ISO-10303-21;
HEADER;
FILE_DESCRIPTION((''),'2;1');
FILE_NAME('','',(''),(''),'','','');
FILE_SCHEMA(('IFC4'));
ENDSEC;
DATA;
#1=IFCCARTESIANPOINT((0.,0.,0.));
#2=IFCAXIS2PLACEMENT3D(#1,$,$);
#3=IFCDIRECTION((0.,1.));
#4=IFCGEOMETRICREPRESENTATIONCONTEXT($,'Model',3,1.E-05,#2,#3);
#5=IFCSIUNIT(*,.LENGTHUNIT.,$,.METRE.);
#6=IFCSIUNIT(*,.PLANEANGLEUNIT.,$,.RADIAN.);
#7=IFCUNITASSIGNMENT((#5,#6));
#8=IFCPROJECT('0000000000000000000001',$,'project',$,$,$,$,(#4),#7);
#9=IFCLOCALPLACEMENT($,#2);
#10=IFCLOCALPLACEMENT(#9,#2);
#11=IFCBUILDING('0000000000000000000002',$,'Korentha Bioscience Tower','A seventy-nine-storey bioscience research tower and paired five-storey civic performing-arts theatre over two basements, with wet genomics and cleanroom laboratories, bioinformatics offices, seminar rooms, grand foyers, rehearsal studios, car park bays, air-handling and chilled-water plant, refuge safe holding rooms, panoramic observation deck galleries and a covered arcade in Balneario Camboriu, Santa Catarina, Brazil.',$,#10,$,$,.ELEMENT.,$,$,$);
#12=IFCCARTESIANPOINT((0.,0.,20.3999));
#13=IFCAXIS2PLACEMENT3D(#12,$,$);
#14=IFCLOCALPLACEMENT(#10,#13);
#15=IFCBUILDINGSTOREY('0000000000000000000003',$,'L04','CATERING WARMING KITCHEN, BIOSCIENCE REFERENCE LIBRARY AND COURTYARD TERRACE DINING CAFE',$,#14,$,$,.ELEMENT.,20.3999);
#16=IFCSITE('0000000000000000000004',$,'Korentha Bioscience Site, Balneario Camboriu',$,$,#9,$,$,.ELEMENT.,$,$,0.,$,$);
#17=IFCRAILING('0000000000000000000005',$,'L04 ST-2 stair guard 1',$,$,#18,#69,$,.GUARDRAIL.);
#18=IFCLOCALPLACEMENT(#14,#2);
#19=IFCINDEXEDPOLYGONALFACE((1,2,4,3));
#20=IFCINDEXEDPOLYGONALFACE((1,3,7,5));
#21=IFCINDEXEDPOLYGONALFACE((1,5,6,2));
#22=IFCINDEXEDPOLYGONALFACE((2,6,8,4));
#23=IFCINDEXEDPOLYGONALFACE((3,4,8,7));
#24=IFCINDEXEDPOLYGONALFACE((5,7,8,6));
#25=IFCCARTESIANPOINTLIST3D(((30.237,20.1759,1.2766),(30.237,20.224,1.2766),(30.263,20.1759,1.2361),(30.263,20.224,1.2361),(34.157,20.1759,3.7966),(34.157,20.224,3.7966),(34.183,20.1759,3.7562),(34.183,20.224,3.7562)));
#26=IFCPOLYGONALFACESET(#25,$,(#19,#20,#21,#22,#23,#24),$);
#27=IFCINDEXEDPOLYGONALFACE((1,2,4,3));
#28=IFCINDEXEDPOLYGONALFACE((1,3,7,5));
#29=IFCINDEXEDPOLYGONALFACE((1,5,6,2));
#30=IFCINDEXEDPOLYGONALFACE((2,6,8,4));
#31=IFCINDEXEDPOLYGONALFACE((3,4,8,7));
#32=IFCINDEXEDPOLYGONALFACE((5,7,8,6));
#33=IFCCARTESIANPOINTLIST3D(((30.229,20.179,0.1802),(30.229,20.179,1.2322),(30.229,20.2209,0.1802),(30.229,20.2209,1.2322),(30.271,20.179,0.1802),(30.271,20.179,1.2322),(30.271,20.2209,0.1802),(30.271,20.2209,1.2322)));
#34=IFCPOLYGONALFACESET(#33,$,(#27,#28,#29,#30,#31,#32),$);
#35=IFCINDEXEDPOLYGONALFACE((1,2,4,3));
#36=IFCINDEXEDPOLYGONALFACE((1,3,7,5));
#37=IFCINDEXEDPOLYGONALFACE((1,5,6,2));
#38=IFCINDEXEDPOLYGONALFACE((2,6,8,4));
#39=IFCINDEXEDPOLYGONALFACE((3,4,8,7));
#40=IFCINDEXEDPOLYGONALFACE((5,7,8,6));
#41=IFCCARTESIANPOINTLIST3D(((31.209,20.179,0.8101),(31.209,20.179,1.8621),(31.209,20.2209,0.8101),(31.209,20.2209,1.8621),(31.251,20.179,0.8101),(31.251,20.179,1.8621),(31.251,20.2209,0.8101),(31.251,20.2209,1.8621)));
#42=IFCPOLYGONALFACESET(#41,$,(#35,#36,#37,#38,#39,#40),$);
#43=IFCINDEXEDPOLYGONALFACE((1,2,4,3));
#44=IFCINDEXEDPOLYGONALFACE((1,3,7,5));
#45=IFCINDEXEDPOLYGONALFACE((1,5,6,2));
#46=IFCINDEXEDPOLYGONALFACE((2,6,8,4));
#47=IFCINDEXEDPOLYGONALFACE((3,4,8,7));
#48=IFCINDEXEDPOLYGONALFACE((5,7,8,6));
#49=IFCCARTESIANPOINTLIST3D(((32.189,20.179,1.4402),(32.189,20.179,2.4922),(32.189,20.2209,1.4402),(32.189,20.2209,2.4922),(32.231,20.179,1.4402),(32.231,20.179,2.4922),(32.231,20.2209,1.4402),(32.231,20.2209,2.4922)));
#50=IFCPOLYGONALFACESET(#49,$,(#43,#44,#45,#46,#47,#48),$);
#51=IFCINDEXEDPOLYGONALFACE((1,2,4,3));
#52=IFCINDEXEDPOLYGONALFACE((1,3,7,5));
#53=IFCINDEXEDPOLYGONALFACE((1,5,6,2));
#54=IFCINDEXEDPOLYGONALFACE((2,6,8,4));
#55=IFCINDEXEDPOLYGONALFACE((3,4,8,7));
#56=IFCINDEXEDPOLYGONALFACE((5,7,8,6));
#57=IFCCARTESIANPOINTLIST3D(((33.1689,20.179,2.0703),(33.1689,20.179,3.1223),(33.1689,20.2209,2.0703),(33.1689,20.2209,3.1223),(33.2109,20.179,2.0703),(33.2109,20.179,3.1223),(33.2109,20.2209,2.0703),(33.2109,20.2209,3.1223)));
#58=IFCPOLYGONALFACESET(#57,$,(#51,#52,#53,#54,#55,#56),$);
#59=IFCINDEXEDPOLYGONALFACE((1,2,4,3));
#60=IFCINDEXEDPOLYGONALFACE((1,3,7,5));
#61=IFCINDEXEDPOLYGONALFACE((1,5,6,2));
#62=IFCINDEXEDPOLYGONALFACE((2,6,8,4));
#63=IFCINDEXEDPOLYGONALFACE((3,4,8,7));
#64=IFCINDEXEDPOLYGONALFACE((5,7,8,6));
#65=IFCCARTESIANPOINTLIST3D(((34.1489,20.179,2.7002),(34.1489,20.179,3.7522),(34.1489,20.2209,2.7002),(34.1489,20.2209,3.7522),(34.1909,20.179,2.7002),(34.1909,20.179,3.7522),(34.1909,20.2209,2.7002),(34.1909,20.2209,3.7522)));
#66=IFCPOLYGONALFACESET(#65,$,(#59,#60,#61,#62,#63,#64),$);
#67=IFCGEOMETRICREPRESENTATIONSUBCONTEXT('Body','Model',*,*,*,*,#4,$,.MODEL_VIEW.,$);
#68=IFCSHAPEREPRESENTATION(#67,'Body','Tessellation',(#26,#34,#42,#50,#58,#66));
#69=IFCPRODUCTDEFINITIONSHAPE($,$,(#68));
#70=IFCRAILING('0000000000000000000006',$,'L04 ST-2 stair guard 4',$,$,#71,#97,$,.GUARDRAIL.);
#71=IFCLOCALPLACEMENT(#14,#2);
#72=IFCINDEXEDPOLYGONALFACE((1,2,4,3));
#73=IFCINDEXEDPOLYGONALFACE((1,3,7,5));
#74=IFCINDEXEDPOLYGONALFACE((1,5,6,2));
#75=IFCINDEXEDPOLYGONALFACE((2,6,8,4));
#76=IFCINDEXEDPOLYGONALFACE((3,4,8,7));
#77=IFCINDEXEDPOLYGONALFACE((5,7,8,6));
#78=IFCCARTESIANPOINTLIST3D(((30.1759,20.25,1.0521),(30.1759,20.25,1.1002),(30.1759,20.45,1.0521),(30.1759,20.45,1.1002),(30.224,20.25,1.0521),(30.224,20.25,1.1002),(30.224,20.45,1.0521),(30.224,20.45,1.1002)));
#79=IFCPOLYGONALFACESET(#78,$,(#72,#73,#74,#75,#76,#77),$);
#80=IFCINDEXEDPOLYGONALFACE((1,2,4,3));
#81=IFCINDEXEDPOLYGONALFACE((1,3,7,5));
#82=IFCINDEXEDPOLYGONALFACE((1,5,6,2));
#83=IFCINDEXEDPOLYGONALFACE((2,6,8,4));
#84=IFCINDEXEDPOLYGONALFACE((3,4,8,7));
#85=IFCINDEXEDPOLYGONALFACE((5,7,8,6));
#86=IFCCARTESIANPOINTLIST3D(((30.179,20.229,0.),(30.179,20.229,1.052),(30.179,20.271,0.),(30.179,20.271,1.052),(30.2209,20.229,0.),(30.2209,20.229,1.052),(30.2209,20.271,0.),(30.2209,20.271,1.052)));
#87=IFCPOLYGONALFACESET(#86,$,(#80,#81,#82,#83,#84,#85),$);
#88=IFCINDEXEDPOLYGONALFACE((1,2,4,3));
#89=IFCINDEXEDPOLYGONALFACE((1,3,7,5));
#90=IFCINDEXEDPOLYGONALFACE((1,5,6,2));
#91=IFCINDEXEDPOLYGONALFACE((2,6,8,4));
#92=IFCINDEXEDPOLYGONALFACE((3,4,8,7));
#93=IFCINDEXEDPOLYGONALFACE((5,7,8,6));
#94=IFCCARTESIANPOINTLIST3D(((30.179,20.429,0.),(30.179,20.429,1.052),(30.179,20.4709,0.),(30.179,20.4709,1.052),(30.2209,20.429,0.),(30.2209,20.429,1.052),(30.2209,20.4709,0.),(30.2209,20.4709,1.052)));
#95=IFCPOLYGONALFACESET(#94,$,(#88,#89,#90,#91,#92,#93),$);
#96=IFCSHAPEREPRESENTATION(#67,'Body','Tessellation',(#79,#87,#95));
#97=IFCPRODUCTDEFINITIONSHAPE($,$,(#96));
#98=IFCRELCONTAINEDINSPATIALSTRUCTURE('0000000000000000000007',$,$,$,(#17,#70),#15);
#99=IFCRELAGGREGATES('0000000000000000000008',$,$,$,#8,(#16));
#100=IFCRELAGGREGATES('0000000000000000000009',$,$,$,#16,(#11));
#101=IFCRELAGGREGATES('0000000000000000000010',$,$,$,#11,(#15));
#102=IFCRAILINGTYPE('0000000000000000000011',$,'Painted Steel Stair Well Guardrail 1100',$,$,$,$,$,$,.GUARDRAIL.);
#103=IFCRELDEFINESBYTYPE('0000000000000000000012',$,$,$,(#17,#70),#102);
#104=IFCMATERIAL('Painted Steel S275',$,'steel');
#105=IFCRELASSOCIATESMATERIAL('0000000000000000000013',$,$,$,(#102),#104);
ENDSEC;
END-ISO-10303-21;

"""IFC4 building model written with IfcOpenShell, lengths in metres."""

from ifc_helpers import new_model, si_unit, direction, frame, origin, origin_2d, place, context, subcontext, project, spatial, rectangle, extrude, material, type_object, element, save


model = new_model("IFC4")

# Units and contexts
model_context = context("Model", 3, precision=1e-05, world=origin(), true_north=direction((0.0, 1.0)))
body_context = subcontext(model_context, "Body", "Model", "MODEL_VIEW")
ifc_project = project(units=[si_unit("LENGTHUNIT", "METRE"), si_unit("PLANEANGLEUNIT", "RADIAN")], contexts=[model_context])

# Site, building, storey
site_placement = place(None, origin())
site = spatial("IfcSite", under=ifc_project, at=site_placement, Name="Korentha Bioscience Site, Balneario Camboriu", CompositionType="ELEMENT", RefElevation=0.0)
building_placement = place(site_placement, origin())
building = spatial("IfcBuilding", under=site, at=building_placement, Name="Korentha Bioscience Tower", Description="A seventy-nine-storey bioscience research tower and paired five-storey civic performing-arts theatre over two basements, with wet genomics and cleanroom laboratories, bioinformatics offices, seminar rooms, grand foyers, rehearsal studios, car park bays, air-handling and chilled-water plant, refuge safe holding rooms, panoramic observation deck galleries and a covered arcade in Balneario Camboriu, Santa Catarina, Brazil.", CompositionType="ELEMENT")
storey_placement = place(building_placement, frame((0.0, 0.0, 20.3999)))
storey = spatial("IfcBuildingStorey", under=building, at=storey_placement, Name="L04", Description="CATERING WARMING KITCHEN, BIOSCIENCE REFERENCE LIBRARY AND COURTYARD TERRACE DINING CAFE", CompositionType="ELEMENT", Elevation=20.3999)

# Railings
ifc_material_1 = material(Name="Painted Steel S275", Category="steel")
railing_type_1 = type_object("IfcRailingType", Name="Painted Steel Stair Well Guardrail 1100", PredefinedType="GUARDRAIL", material=ifc_material_1)
railing_1_placement = place(storey_placement, frame((30.25, 20.2, 0.1802)))
element("IfcRailing", 1, at=railing_1_placement, inside=storey, type_object=railing_type_1, Name="L04 ST-2 stair guard 1", PredefinedType="GUARDRAIL", context=body_context, shape_type="SweptSolid", body=[
    extrude(rectangle(XDim=0.0481, YDim=0.0481, at=origin_2d()), frame((0.0, 0.0, 1.0762), z_axis=(0.841172, 0.0, 0.540768), x_axis=(0.0, 1.0, 0.0)), (0.0, 0.0, 1.0), 4.6602),
    extrude(rectangle(XDim=0.042, YDim=0.042, at=origin_2d()), origin(), (0.0, 0.0, 1.0), 1.052),
    extrude(rectangle(XDim=0.042, YDim=0.042, at=origin_2d()), frame((0.98, 0.0, 0.6299)), (0.0, 0.0, 1.0), 1.052),
    extrude(rectangle(XDim=0.042, YDim=0.042, at=origin_2d()), frame((1.96, 0.0, 1.26)), (0.0, 0.0, 1.0), 1.052),
    extrude(rectangle(XDim=0.042, YDim=0.042, at=origin_2d()), frame((2.9399, 0.0, 1.8901)), (0.0, 0.0, 1.0), 1.052),
    extrude(rectangle(XDim=0.042, YDim=0.042, at=origin_2d()), frame((3.9199, 0.0, 2.52)), (0.0, 0.0, 1.0), 1.052),
])
railing_2_placement = place(storey_placement, frame((30.2, 20.25, 0.0)))
element("IfcRailing", 2, at=railing_2_placement, inside=storey, type_object=railing_type_1, Name="L04 ST-2 stair guard 4", PredefinedType="GUARDRAIL", context=body_context, shape_type="SweptSolid", body=[
    extrude(rectangle(XDim=0.0481, YDim=0.0481, at=origin_2d()), frame((0.0, 0.0, 1.0762), z_axis=(0.0, 1.0, 0.0), x_axis=(-1.0, 0.0, 0.0)), (0.0, 0.0, 1.0), 0.2),
    extrude(rectangle(XDim=0.042, YDim=0.042, at=origin_2d()), origin(), (0.0, 0.0, 1.0), 1.052),
    extrude(rectangle(XDim=0.042, YDim=0.042, at=origin_2d()), frame((0.0, 0.2, 0.0)), (0.0, 0.0, 1.0), 1.052),
])

save(model, "model.ifc")
